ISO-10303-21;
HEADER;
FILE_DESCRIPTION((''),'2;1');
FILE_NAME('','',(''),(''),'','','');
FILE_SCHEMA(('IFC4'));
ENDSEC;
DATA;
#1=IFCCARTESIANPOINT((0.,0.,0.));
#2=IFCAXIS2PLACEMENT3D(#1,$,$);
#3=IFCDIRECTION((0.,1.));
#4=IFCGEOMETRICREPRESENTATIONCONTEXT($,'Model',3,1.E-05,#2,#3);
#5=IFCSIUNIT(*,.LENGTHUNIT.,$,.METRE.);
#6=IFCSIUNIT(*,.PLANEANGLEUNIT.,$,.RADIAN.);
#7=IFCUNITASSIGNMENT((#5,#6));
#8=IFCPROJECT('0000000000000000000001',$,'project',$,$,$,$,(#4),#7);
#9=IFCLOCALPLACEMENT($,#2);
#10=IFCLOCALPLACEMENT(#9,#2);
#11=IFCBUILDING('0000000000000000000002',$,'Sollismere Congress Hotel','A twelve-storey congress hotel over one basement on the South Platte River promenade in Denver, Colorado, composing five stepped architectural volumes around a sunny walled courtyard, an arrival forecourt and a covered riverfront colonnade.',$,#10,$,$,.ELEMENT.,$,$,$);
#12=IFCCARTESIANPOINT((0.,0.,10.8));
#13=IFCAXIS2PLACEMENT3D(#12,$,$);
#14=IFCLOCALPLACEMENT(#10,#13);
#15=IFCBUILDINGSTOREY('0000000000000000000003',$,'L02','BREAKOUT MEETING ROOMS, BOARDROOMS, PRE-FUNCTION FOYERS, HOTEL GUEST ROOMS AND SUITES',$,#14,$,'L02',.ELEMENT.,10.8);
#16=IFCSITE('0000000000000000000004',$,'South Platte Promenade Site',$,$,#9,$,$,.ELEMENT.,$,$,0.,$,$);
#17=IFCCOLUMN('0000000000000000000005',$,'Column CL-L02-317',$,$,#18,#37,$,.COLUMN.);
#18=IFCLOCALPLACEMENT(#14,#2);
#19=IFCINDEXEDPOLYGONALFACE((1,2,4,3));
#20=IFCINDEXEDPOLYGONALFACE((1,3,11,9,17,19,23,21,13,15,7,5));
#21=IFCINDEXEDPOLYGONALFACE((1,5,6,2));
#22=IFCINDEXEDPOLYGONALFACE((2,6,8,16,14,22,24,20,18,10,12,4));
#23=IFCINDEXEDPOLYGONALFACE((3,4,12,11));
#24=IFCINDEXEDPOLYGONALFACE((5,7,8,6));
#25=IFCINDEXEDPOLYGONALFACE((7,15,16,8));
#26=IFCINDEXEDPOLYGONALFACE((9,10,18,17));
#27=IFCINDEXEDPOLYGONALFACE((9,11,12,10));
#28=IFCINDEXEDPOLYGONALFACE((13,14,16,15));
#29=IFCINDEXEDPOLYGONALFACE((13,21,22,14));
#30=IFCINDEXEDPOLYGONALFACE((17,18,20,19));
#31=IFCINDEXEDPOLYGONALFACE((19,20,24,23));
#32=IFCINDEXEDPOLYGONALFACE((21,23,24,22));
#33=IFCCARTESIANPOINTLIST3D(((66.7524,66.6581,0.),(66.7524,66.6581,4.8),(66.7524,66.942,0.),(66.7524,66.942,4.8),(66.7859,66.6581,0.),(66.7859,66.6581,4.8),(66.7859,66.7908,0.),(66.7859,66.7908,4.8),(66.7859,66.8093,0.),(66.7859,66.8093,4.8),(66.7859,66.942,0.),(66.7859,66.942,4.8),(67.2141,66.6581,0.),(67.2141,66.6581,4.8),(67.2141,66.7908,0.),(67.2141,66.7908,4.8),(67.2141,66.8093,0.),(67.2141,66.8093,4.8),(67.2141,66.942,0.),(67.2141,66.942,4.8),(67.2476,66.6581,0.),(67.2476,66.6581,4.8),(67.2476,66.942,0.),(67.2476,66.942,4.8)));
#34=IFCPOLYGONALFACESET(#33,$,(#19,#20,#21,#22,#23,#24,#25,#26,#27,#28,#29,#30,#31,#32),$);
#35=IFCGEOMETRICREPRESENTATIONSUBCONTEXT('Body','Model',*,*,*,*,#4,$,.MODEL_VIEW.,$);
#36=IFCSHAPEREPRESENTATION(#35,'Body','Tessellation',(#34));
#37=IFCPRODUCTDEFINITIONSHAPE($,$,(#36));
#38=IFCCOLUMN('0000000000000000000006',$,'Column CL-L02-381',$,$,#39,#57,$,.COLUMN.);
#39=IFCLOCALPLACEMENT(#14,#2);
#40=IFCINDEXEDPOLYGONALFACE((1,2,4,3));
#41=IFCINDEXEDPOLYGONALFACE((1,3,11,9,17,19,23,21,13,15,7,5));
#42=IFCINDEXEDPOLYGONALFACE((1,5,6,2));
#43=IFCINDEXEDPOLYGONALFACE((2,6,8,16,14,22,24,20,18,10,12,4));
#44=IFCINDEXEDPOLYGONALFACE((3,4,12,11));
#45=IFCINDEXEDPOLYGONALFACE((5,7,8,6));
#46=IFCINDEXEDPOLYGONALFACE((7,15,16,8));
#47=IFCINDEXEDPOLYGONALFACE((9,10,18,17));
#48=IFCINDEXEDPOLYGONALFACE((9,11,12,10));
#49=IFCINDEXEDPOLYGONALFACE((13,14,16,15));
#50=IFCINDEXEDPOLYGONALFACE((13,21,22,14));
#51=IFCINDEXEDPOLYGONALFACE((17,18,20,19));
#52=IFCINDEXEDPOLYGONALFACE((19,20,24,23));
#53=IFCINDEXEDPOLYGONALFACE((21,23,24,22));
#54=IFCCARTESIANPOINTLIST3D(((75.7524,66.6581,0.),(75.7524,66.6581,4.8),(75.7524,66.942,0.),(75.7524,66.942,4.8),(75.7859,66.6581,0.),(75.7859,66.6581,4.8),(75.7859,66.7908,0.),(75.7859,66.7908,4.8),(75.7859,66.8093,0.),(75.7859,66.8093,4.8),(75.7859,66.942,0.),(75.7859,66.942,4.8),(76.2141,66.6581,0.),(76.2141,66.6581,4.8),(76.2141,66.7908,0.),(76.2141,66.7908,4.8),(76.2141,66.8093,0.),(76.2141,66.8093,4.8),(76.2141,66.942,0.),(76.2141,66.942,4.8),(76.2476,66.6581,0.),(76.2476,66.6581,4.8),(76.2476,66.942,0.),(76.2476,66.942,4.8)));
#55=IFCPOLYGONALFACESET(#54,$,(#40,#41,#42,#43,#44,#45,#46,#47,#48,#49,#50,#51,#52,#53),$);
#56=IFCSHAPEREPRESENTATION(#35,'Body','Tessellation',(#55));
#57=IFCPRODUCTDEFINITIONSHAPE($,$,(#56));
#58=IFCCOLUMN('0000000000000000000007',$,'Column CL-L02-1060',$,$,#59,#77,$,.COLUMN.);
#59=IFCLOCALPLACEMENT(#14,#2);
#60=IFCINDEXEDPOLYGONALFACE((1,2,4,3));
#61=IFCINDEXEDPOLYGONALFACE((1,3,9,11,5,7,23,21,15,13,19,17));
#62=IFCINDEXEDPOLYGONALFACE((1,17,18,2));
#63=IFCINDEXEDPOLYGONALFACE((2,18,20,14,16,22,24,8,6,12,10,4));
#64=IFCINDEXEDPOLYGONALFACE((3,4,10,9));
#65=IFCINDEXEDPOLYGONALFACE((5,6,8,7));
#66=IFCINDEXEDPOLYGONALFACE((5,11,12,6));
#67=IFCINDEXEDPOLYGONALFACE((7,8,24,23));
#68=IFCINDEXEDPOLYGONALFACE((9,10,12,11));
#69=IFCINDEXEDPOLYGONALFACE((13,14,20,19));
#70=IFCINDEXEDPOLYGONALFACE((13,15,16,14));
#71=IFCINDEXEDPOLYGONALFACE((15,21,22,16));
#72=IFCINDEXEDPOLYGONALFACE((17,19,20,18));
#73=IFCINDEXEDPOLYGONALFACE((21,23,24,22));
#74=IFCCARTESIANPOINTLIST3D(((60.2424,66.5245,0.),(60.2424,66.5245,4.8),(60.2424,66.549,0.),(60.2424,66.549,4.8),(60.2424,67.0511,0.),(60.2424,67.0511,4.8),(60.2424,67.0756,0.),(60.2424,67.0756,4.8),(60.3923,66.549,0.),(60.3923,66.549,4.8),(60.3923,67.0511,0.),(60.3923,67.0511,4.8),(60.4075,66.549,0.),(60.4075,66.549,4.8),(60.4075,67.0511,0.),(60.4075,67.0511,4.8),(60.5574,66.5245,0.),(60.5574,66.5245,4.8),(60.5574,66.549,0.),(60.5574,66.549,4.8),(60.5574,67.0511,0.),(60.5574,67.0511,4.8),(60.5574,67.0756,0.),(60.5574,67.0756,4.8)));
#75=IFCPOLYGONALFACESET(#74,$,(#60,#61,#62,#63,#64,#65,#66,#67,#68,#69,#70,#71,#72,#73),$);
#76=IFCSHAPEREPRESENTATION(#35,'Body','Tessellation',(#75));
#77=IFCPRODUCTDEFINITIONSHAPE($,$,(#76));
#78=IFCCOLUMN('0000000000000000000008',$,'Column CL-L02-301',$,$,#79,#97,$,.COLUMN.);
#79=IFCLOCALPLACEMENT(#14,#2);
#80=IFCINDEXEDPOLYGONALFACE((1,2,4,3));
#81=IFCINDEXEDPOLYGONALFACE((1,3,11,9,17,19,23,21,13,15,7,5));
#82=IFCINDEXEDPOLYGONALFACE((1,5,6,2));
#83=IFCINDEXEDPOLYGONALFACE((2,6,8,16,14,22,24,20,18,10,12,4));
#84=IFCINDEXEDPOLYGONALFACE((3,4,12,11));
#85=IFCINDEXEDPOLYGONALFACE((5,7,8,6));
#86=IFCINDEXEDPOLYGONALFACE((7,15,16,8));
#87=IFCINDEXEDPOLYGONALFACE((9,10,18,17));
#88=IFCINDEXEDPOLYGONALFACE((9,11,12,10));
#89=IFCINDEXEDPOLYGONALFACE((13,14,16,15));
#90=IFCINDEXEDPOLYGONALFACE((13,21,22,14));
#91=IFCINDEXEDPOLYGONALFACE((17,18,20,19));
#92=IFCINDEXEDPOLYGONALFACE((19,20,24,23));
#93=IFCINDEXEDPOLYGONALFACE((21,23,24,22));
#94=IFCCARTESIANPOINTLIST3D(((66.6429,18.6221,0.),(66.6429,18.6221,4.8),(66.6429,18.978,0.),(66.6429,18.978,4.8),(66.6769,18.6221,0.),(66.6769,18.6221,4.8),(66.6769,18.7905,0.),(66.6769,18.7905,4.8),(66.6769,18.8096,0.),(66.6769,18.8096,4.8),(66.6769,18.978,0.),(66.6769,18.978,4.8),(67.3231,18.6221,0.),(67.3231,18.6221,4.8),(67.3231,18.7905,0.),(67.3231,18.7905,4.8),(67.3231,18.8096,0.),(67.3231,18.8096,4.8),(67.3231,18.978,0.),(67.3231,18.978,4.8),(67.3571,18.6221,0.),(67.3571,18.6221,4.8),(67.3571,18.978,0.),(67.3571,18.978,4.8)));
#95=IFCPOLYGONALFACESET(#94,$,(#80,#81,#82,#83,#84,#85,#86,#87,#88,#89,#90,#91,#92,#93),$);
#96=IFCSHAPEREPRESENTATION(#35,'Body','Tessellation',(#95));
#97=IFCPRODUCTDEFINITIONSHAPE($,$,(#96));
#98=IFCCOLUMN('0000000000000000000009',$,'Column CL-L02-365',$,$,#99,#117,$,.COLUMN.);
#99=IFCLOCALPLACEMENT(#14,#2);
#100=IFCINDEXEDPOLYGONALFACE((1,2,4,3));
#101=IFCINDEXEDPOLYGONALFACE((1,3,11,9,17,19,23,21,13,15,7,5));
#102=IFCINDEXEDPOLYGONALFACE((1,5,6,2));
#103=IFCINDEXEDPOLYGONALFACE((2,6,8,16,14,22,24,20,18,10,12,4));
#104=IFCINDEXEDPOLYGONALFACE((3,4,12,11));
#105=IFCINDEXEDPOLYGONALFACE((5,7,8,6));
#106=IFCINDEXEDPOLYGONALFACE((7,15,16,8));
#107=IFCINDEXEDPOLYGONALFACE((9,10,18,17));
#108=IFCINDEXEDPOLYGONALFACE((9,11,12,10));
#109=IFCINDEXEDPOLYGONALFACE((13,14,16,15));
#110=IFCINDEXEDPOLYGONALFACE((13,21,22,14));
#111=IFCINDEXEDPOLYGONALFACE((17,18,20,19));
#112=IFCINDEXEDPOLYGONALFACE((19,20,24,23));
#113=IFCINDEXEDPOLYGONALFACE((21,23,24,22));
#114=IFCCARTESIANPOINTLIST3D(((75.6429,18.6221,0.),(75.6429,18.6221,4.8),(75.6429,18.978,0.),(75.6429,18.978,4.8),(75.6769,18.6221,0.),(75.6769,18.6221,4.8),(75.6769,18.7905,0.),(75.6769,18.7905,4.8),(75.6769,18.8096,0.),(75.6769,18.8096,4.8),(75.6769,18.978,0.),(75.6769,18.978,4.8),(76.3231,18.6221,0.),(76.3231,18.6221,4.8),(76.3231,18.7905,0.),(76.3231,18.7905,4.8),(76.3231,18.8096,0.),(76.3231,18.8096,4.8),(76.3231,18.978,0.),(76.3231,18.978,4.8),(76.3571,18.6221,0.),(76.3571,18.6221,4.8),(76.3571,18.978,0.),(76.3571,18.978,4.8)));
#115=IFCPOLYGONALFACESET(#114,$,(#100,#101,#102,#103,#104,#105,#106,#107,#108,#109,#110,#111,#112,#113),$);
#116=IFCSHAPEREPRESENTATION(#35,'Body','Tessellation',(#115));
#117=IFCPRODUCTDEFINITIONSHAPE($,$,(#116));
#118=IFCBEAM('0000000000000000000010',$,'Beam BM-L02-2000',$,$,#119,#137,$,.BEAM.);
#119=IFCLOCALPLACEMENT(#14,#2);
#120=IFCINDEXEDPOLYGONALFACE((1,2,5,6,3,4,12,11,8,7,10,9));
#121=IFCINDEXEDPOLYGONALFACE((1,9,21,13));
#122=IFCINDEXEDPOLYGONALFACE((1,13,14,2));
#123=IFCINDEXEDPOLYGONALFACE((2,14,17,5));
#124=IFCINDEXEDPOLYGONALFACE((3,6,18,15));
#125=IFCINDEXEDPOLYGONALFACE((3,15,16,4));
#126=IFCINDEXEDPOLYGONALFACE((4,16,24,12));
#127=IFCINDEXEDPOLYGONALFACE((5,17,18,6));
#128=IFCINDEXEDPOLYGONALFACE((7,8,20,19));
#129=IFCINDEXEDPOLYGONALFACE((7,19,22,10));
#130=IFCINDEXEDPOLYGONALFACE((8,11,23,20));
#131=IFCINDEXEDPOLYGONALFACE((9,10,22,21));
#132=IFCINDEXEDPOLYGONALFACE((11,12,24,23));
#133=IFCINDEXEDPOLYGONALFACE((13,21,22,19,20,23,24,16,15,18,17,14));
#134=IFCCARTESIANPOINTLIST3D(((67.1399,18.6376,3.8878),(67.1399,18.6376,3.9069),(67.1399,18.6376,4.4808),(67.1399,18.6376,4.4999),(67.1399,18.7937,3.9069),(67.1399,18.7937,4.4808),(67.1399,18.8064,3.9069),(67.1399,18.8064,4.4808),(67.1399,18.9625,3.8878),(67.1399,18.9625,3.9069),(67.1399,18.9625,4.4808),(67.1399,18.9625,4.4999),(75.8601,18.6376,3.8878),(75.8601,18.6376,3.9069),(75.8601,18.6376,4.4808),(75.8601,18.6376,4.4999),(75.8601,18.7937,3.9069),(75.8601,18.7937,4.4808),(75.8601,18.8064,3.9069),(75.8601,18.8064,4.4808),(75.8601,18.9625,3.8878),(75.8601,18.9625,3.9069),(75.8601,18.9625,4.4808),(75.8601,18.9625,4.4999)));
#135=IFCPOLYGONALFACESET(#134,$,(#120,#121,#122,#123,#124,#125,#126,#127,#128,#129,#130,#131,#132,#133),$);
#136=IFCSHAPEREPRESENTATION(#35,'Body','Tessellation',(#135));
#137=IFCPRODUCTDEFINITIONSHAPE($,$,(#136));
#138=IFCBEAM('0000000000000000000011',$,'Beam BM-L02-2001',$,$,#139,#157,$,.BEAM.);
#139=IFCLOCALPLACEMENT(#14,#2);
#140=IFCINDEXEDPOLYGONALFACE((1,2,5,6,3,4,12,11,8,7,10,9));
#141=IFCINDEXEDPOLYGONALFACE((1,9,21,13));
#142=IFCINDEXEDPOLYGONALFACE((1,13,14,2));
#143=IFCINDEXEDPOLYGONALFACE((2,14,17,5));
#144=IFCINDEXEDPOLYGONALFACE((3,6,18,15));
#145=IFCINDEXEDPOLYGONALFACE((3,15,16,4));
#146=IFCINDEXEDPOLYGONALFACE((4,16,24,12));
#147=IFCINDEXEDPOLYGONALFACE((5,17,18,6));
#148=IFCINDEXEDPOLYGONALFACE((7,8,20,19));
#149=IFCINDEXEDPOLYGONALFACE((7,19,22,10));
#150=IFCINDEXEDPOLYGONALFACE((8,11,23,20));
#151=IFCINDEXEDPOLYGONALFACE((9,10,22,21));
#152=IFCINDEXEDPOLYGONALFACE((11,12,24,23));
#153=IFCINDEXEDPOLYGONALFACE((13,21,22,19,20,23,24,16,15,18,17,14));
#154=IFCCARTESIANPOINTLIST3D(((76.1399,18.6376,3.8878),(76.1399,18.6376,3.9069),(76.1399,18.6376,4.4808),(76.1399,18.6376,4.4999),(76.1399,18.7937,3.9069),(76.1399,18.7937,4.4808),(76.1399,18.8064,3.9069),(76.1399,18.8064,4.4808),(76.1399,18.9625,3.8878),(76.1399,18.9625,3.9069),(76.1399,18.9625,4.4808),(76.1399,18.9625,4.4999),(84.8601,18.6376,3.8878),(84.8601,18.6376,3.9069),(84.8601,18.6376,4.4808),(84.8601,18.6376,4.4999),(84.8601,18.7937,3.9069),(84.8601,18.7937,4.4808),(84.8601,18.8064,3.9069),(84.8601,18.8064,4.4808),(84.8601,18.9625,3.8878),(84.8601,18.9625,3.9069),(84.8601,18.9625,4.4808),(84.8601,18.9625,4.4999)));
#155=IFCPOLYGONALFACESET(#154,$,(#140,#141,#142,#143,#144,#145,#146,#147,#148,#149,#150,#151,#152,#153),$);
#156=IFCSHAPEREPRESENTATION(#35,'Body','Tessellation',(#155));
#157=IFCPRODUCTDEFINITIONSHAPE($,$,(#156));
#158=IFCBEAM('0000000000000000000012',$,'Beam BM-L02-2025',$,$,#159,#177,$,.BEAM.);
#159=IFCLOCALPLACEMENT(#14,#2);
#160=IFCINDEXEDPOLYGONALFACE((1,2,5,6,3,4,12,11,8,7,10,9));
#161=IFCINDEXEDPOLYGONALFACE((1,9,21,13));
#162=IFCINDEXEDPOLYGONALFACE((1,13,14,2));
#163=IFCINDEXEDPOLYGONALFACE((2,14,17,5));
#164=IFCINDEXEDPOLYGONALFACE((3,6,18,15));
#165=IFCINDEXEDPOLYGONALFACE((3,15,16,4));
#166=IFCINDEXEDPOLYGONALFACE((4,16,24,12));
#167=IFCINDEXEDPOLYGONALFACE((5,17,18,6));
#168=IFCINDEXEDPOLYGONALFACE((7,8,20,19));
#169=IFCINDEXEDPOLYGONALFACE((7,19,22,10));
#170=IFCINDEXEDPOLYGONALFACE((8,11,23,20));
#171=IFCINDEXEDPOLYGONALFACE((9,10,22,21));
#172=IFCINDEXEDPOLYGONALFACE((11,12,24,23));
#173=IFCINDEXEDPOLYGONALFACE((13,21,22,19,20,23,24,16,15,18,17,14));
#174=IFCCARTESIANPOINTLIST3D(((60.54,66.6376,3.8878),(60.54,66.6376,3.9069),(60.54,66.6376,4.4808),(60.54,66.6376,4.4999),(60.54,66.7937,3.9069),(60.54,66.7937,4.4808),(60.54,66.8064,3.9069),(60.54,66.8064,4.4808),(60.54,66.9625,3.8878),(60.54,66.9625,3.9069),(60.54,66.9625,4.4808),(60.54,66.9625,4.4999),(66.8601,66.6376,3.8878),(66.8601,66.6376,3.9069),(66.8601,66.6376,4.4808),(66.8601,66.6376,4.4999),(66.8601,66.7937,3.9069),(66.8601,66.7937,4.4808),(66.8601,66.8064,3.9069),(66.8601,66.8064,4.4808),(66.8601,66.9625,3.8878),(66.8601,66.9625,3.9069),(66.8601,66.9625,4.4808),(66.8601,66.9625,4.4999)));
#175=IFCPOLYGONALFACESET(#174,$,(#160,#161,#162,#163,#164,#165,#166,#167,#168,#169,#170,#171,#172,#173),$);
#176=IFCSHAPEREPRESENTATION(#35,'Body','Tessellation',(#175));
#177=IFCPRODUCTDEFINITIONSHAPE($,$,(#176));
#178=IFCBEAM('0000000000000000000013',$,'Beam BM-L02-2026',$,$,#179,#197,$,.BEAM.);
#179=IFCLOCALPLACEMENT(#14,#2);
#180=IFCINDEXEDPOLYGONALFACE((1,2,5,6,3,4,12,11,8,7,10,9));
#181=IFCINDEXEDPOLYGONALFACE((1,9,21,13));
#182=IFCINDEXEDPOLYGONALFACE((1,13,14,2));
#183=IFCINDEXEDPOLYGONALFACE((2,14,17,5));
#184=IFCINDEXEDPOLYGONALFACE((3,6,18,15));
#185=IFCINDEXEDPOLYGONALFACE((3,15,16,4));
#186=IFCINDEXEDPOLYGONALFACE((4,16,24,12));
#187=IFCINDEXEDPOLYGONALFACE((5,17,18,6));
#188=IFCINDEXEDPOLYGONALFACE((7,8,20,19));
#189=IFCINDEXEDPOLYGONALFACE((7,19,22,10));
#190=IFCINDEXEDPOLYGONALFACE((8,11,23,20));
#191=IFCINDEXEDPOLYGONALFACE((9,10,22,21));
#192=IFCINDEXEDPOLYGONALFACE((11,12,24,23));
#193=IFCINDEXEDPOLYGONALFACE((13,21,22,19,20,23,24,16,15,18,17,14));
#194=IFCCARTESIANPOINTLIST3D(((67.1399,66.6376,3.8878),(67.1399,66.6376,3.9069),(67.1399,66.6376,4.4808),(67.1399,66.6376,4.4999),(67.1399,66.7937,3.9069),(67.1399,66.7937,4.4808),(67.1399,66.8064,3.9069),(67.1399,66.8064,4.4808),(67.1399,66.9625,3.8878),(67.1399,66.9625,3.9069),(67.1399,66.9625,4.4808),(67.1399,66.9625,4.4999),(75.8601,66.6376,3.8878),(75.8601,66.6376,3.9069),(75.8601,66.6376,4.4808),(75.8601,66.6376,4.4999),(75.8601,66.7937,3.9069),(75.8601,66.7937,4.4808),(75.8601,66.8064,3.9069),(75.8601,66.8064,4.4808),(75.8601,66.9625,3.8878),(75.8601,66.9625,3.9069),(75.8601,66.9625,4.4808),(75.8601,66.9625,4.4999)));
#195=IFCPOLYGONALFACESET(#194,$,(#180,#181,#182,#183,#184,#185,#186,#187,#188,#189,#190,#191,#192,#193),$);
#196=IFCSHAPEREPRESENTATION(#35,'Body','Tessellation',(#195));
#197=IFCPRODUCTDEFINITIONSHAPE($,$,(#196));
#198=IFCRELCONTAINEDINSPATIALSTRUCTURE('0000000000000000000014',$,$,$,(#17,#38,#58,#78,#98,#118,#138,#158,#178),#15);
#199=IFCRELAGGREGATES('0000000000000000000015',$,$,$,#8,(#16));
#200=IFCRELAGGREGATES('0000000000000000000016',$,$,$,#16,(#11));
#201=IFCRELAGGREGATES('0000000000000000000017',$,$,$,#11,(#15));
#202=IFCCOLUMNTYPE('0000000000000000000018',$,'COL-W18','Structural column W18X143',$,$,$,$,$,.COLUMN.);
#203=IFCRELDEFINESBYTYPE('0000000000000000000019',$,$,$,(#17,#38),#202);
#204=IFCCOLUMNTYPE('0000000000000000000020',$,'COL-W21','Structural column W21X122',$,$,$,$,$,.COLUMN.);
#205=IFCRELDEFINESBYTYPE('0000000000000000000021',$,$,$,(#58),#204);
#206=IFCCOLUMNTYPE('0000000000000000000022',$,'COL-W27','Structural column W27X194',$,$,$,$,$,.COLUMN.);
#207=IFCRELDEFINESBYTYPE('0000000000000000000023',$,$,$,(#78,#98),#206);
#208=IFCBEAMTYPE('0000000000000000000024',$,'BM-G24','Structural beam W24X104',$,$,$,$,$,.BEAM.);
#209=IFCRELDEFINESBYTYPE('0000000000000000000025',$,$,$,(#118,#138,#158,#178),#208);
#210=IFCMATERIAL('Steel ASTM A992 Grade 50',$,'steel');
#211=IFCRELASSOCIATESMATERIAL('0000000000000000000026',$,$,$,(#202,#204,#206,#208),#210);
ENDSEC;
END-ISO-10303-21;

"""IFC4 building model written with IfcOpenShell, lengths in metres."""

from ifc_helpers import new_model, si_unit, direction, frame, origin, origin_2d, place, context, subcontext, project, spatial, i_section, extrude, material, material_profile, profile_set, type_object, element, save


model = new_model("IFC4")

# Units and contexts
model_context = context("Model", 3, precision=1e-05, world=origin(), true_north=direction((0.0, 1.0)))
body_context = subcontext(model_context, "Body", "Model", "MODEL_VIEW")
ifc_project = project(units=[si_unit("LENGTHUNIT", "METRE"), si_unit("PLANEANGLEUNIT", "RADIAN")], contexts=[model_context])

# Site, building, storey
site_placement = place(None, origin())
site = spatial("IfcSite", under=ifc_project, at=site_placement, Name="South Platte Promenade Site", CompositionType="ELEMENT", RefElevation=0.0)
building_placement = place(site_placement, origin())
building = spatial("IfcBuilding", under=site, at=building_placement, Name="Sollismere Congress Hotel", Description="A twelve-storey congress hotel over one basement on the South Platte River promenade in Denver, Colorado, composing five stepped architectural volumes around a sunny walled courtyard, an arrival forecourt and a covered riverfront colonnade.", CompositionType="ELEMENT")
storey_placement = place(building_placement, frame((0.0, 0.0, 10.8)))
storey = spatial("IfcBuildingStorey", under=building, at=storey_placement, Name="L02", Description="BREAKOUT MEETING ROOMS, BOARDROOMS, PRE-FUNCTION FOYERS, HOTEL GUEST ROOMS AND SUITES", LongName="L02", CompositionType="ELEMENT", Elevation=10.8)

# Columns
ifc_material_1 = material(Name="Steel ASTM A992 Grade 50", Category="steel")
ifc_material_profile_1 = material_profile(ifc_material_1, i_section(OverallWidth=0.2839, OverallDepth=0.4951, WebThickness=0.0186, FlangeThickness=0.0334, at=origin_2d()), Name="W18X143")
ifc_profile_set_1 = profile_set([ifc_material_profile_1], Name="Steel ASTM A992 Grade 50")
column_type_1 = type_object("IfcColumnType", Name="COL-W18", Description="Structural column W18X143", PredefinedType="COLUMN", material=ifc_profile_set_1)
for number, where, z_axis, x_axis, name in (
    (1, (67.0, 66.8, 0.0), (0.0, 0.0, 1.0), (0.0, 1.0, 0.0), "Column CL-L02-317"),
    (2, (76.0, 66.8, 0.0), (0.0, 0.0, 1.0), (0.0, 1.0, 0.0), "Column CL-L02-381"),
):
    element("IfcColumn", number, at=place(storey_placement, frame(where, z_axis=z_axis, x_axis=x_axis)), inside=storey, type_object=column_type_1, Name=name, PredefinedType="COLUMN", context=body_context, shape_type="SweptSolid", body=[
        extrude(i_section(OverallWidth=0.2839, OverallDepth=0.4951, WebThickness=0.0186, FlangeThickness=0.0334, at=origin_2d()), origin(), (0.0, 0.0, 1.0), 4.8),
    ])
ifc_material_profile_2 = material_profile(ifc_material_1, i_section(OverallWidth=0.3149, OverallDepth=0.551, WebThickness=0.0151, FlangeThickness=0.0244, at=origin_2d()), Name="W21X122")
ifc_profile_set_2 = profile_set([ifc_material_profile_2], Name="Steel ASTM A992 Grade 50")
column_type_2 = type_object("IfcColumnType", Name="COL-W21", Description="Structural column W21X122", PredefinedType="COLUMN", material=ifc_profile_set_2)
column_placement = place(storey_placement, frame((60.3999, 66.8, 0.0), z_axis=(0.0, 0.0, 1.0), x_axis=(1.0, 0.0, 0.0)))
element("IfcColumn", 3, at=column_placement, inside=storey, type_object=column_type_2, Name="Column CL-L02-1060", PredefinedType="COLUMN", context=body_context, shape_type="SweptSolid", body=[
    extrude(i_section(OverallWidth=0.3149, OverallDepth=0.551, WebThickness=0.0151, FlangeThickness=0.0244, at=origin_2d()), origin(), (0.0, 0.0, 1.0), 4.8),
])
ifc_material_profile_3 = material_profile(ifc_material_1, i_section(OverallWidth=0.356, OverallDepth=0.7141, WebThickness=0.019, FlangeThickness=0.0339, at=origin_2d()), Name="W27X194")
ifc_profile_set_3 = profile_set([ifc_material_profile_3], Name="Steel ASTM A992 Grade 50")
column_type_3 = type_object("IfcColumnType", Name="COL-W27", Description="Structural column W27X194", PredefinedType="COLUMN", material=ifc_profile_set_3)
for number, where, z_axis, x_axis, name in (
    (4, (67.0, 18.8, 0.0), (0.0, 0.0, 1.0), (0.0, 1.0, 0.0), "Column CL-L02-301"),
    (5, (76.0, 18.8, 0.0), (0.0, 0.0, 1.0), (0.0, 1.0, 0.0), "Column CL-L02-365"),
):
    element("IfcColumn", number, at=place(storey_placement, frame(where, z_axis=z_axis, x_axis=x_axis)), inside=storey, type_object=column_type_3, Name=name, PredefinedType="COLUMN", context=body_context, shape_type="SweptSolid", body=[
        extrude(i_section(OverallWidth=0.356, OverallDepth=0.7141, WebThickness=0.019, FlangeThickness=0.0339, at=origin_2d()), origin(), (0.0, 0.0, 1.0), 4.8),
    ])

# Beams
ifc_material_profile_4 = material_profile(ifc_material_1, i_section(OverallWidth=0.325, OverallDepth=0.6121, WebThickness=0.0127, FlangeThickness=0.019, at=origin_2d()), Name="W24X104")
ifc_profile_set_4 = profile_set([ifc_material_profile_4], Name="Steel ASTM A992 Grade 50")
beam_type = type_object("IfcBeamType", Name="BM-G24", Description="Structural beam W24X104", PredefinedType="BEAM", material=ifc_profile_set_4)
for number, where, z_axis, x_axis, name in (
    (6, (67.1399, 18.8, 4.1938), (1.0, 0.0, 0.0), (0.0, 1.0, 0.0), "Beam BM-L02-2000"),
    (7, (76.1399, 18.8, 4.1938), (1.0, 0.0, 0.0), (0.0, 1.0, 0.0), "Beam BM-L02-2001"),
):
    element("IfcBeam", number, at=place(storey_placement, frame(where, z_axis=z_axis, x_axis=x_axis)), inside=storey, type_object=beam_type, Name=name, PredefinedType="BEAM", context=body_context, shape_type="SweptSolid", body=[
        extrude(i_section(OverallWidth=0.325, OverallDepth=0.6121, WebThickness=0.0127, FlangeThickness=0.019, at=origin_2d()), origin(), (0.0, 0.0, 1.0), 8.7202),
    ])
beam_placement = place(storey_placement, frame((60.54, 66.8, 4.1938), z_axis=(1.0, 0.0, 0.0), x_axis=(0.0, 1.0, 0.0)))
element("IfcBeam", 8, at=beam_placement, inside=storey, type_object=beam_type, Name="Beam BM-L02-2025", PredefinedType="BEAM", context=body_context, shape_type="SweptSolid", body=[
    extrude(i_section(OverallWidth=0.325, OverallDepth=0.6121, WebThickness=0.0127, FlangeThickness=0.019, at=origin_2d()), origin(), (0.0, 0.0, 1.0), 6.3201),
])
for number, where, z_axis, x_axis, name in (
    (9, (67.1399, 66.8, 4.1938), (1.0, 0.0, 0.0), (0.0, 1.0, 0.0), "Beam BM-L02-2026"),
):
    element("IfcBeam", number, at=place(storey_placement, frame(where, z_axis=z_axis, x_axis=x_axis)), inside=storey, type_object=beam_type, Name=name, PredefinedType="BEAM", context=body_context, shape_type="SweptSolid", body=[
        extrude(i_section(OverallWidth=0.325, OverallDepth=0.6121, WebThickness=0.0127, FlangeThickness=0.019, at=origin_2d()), origin(), (0.0, 0.0, 1.0), 8.7202),
    ])

save(model, "model.ifc")
